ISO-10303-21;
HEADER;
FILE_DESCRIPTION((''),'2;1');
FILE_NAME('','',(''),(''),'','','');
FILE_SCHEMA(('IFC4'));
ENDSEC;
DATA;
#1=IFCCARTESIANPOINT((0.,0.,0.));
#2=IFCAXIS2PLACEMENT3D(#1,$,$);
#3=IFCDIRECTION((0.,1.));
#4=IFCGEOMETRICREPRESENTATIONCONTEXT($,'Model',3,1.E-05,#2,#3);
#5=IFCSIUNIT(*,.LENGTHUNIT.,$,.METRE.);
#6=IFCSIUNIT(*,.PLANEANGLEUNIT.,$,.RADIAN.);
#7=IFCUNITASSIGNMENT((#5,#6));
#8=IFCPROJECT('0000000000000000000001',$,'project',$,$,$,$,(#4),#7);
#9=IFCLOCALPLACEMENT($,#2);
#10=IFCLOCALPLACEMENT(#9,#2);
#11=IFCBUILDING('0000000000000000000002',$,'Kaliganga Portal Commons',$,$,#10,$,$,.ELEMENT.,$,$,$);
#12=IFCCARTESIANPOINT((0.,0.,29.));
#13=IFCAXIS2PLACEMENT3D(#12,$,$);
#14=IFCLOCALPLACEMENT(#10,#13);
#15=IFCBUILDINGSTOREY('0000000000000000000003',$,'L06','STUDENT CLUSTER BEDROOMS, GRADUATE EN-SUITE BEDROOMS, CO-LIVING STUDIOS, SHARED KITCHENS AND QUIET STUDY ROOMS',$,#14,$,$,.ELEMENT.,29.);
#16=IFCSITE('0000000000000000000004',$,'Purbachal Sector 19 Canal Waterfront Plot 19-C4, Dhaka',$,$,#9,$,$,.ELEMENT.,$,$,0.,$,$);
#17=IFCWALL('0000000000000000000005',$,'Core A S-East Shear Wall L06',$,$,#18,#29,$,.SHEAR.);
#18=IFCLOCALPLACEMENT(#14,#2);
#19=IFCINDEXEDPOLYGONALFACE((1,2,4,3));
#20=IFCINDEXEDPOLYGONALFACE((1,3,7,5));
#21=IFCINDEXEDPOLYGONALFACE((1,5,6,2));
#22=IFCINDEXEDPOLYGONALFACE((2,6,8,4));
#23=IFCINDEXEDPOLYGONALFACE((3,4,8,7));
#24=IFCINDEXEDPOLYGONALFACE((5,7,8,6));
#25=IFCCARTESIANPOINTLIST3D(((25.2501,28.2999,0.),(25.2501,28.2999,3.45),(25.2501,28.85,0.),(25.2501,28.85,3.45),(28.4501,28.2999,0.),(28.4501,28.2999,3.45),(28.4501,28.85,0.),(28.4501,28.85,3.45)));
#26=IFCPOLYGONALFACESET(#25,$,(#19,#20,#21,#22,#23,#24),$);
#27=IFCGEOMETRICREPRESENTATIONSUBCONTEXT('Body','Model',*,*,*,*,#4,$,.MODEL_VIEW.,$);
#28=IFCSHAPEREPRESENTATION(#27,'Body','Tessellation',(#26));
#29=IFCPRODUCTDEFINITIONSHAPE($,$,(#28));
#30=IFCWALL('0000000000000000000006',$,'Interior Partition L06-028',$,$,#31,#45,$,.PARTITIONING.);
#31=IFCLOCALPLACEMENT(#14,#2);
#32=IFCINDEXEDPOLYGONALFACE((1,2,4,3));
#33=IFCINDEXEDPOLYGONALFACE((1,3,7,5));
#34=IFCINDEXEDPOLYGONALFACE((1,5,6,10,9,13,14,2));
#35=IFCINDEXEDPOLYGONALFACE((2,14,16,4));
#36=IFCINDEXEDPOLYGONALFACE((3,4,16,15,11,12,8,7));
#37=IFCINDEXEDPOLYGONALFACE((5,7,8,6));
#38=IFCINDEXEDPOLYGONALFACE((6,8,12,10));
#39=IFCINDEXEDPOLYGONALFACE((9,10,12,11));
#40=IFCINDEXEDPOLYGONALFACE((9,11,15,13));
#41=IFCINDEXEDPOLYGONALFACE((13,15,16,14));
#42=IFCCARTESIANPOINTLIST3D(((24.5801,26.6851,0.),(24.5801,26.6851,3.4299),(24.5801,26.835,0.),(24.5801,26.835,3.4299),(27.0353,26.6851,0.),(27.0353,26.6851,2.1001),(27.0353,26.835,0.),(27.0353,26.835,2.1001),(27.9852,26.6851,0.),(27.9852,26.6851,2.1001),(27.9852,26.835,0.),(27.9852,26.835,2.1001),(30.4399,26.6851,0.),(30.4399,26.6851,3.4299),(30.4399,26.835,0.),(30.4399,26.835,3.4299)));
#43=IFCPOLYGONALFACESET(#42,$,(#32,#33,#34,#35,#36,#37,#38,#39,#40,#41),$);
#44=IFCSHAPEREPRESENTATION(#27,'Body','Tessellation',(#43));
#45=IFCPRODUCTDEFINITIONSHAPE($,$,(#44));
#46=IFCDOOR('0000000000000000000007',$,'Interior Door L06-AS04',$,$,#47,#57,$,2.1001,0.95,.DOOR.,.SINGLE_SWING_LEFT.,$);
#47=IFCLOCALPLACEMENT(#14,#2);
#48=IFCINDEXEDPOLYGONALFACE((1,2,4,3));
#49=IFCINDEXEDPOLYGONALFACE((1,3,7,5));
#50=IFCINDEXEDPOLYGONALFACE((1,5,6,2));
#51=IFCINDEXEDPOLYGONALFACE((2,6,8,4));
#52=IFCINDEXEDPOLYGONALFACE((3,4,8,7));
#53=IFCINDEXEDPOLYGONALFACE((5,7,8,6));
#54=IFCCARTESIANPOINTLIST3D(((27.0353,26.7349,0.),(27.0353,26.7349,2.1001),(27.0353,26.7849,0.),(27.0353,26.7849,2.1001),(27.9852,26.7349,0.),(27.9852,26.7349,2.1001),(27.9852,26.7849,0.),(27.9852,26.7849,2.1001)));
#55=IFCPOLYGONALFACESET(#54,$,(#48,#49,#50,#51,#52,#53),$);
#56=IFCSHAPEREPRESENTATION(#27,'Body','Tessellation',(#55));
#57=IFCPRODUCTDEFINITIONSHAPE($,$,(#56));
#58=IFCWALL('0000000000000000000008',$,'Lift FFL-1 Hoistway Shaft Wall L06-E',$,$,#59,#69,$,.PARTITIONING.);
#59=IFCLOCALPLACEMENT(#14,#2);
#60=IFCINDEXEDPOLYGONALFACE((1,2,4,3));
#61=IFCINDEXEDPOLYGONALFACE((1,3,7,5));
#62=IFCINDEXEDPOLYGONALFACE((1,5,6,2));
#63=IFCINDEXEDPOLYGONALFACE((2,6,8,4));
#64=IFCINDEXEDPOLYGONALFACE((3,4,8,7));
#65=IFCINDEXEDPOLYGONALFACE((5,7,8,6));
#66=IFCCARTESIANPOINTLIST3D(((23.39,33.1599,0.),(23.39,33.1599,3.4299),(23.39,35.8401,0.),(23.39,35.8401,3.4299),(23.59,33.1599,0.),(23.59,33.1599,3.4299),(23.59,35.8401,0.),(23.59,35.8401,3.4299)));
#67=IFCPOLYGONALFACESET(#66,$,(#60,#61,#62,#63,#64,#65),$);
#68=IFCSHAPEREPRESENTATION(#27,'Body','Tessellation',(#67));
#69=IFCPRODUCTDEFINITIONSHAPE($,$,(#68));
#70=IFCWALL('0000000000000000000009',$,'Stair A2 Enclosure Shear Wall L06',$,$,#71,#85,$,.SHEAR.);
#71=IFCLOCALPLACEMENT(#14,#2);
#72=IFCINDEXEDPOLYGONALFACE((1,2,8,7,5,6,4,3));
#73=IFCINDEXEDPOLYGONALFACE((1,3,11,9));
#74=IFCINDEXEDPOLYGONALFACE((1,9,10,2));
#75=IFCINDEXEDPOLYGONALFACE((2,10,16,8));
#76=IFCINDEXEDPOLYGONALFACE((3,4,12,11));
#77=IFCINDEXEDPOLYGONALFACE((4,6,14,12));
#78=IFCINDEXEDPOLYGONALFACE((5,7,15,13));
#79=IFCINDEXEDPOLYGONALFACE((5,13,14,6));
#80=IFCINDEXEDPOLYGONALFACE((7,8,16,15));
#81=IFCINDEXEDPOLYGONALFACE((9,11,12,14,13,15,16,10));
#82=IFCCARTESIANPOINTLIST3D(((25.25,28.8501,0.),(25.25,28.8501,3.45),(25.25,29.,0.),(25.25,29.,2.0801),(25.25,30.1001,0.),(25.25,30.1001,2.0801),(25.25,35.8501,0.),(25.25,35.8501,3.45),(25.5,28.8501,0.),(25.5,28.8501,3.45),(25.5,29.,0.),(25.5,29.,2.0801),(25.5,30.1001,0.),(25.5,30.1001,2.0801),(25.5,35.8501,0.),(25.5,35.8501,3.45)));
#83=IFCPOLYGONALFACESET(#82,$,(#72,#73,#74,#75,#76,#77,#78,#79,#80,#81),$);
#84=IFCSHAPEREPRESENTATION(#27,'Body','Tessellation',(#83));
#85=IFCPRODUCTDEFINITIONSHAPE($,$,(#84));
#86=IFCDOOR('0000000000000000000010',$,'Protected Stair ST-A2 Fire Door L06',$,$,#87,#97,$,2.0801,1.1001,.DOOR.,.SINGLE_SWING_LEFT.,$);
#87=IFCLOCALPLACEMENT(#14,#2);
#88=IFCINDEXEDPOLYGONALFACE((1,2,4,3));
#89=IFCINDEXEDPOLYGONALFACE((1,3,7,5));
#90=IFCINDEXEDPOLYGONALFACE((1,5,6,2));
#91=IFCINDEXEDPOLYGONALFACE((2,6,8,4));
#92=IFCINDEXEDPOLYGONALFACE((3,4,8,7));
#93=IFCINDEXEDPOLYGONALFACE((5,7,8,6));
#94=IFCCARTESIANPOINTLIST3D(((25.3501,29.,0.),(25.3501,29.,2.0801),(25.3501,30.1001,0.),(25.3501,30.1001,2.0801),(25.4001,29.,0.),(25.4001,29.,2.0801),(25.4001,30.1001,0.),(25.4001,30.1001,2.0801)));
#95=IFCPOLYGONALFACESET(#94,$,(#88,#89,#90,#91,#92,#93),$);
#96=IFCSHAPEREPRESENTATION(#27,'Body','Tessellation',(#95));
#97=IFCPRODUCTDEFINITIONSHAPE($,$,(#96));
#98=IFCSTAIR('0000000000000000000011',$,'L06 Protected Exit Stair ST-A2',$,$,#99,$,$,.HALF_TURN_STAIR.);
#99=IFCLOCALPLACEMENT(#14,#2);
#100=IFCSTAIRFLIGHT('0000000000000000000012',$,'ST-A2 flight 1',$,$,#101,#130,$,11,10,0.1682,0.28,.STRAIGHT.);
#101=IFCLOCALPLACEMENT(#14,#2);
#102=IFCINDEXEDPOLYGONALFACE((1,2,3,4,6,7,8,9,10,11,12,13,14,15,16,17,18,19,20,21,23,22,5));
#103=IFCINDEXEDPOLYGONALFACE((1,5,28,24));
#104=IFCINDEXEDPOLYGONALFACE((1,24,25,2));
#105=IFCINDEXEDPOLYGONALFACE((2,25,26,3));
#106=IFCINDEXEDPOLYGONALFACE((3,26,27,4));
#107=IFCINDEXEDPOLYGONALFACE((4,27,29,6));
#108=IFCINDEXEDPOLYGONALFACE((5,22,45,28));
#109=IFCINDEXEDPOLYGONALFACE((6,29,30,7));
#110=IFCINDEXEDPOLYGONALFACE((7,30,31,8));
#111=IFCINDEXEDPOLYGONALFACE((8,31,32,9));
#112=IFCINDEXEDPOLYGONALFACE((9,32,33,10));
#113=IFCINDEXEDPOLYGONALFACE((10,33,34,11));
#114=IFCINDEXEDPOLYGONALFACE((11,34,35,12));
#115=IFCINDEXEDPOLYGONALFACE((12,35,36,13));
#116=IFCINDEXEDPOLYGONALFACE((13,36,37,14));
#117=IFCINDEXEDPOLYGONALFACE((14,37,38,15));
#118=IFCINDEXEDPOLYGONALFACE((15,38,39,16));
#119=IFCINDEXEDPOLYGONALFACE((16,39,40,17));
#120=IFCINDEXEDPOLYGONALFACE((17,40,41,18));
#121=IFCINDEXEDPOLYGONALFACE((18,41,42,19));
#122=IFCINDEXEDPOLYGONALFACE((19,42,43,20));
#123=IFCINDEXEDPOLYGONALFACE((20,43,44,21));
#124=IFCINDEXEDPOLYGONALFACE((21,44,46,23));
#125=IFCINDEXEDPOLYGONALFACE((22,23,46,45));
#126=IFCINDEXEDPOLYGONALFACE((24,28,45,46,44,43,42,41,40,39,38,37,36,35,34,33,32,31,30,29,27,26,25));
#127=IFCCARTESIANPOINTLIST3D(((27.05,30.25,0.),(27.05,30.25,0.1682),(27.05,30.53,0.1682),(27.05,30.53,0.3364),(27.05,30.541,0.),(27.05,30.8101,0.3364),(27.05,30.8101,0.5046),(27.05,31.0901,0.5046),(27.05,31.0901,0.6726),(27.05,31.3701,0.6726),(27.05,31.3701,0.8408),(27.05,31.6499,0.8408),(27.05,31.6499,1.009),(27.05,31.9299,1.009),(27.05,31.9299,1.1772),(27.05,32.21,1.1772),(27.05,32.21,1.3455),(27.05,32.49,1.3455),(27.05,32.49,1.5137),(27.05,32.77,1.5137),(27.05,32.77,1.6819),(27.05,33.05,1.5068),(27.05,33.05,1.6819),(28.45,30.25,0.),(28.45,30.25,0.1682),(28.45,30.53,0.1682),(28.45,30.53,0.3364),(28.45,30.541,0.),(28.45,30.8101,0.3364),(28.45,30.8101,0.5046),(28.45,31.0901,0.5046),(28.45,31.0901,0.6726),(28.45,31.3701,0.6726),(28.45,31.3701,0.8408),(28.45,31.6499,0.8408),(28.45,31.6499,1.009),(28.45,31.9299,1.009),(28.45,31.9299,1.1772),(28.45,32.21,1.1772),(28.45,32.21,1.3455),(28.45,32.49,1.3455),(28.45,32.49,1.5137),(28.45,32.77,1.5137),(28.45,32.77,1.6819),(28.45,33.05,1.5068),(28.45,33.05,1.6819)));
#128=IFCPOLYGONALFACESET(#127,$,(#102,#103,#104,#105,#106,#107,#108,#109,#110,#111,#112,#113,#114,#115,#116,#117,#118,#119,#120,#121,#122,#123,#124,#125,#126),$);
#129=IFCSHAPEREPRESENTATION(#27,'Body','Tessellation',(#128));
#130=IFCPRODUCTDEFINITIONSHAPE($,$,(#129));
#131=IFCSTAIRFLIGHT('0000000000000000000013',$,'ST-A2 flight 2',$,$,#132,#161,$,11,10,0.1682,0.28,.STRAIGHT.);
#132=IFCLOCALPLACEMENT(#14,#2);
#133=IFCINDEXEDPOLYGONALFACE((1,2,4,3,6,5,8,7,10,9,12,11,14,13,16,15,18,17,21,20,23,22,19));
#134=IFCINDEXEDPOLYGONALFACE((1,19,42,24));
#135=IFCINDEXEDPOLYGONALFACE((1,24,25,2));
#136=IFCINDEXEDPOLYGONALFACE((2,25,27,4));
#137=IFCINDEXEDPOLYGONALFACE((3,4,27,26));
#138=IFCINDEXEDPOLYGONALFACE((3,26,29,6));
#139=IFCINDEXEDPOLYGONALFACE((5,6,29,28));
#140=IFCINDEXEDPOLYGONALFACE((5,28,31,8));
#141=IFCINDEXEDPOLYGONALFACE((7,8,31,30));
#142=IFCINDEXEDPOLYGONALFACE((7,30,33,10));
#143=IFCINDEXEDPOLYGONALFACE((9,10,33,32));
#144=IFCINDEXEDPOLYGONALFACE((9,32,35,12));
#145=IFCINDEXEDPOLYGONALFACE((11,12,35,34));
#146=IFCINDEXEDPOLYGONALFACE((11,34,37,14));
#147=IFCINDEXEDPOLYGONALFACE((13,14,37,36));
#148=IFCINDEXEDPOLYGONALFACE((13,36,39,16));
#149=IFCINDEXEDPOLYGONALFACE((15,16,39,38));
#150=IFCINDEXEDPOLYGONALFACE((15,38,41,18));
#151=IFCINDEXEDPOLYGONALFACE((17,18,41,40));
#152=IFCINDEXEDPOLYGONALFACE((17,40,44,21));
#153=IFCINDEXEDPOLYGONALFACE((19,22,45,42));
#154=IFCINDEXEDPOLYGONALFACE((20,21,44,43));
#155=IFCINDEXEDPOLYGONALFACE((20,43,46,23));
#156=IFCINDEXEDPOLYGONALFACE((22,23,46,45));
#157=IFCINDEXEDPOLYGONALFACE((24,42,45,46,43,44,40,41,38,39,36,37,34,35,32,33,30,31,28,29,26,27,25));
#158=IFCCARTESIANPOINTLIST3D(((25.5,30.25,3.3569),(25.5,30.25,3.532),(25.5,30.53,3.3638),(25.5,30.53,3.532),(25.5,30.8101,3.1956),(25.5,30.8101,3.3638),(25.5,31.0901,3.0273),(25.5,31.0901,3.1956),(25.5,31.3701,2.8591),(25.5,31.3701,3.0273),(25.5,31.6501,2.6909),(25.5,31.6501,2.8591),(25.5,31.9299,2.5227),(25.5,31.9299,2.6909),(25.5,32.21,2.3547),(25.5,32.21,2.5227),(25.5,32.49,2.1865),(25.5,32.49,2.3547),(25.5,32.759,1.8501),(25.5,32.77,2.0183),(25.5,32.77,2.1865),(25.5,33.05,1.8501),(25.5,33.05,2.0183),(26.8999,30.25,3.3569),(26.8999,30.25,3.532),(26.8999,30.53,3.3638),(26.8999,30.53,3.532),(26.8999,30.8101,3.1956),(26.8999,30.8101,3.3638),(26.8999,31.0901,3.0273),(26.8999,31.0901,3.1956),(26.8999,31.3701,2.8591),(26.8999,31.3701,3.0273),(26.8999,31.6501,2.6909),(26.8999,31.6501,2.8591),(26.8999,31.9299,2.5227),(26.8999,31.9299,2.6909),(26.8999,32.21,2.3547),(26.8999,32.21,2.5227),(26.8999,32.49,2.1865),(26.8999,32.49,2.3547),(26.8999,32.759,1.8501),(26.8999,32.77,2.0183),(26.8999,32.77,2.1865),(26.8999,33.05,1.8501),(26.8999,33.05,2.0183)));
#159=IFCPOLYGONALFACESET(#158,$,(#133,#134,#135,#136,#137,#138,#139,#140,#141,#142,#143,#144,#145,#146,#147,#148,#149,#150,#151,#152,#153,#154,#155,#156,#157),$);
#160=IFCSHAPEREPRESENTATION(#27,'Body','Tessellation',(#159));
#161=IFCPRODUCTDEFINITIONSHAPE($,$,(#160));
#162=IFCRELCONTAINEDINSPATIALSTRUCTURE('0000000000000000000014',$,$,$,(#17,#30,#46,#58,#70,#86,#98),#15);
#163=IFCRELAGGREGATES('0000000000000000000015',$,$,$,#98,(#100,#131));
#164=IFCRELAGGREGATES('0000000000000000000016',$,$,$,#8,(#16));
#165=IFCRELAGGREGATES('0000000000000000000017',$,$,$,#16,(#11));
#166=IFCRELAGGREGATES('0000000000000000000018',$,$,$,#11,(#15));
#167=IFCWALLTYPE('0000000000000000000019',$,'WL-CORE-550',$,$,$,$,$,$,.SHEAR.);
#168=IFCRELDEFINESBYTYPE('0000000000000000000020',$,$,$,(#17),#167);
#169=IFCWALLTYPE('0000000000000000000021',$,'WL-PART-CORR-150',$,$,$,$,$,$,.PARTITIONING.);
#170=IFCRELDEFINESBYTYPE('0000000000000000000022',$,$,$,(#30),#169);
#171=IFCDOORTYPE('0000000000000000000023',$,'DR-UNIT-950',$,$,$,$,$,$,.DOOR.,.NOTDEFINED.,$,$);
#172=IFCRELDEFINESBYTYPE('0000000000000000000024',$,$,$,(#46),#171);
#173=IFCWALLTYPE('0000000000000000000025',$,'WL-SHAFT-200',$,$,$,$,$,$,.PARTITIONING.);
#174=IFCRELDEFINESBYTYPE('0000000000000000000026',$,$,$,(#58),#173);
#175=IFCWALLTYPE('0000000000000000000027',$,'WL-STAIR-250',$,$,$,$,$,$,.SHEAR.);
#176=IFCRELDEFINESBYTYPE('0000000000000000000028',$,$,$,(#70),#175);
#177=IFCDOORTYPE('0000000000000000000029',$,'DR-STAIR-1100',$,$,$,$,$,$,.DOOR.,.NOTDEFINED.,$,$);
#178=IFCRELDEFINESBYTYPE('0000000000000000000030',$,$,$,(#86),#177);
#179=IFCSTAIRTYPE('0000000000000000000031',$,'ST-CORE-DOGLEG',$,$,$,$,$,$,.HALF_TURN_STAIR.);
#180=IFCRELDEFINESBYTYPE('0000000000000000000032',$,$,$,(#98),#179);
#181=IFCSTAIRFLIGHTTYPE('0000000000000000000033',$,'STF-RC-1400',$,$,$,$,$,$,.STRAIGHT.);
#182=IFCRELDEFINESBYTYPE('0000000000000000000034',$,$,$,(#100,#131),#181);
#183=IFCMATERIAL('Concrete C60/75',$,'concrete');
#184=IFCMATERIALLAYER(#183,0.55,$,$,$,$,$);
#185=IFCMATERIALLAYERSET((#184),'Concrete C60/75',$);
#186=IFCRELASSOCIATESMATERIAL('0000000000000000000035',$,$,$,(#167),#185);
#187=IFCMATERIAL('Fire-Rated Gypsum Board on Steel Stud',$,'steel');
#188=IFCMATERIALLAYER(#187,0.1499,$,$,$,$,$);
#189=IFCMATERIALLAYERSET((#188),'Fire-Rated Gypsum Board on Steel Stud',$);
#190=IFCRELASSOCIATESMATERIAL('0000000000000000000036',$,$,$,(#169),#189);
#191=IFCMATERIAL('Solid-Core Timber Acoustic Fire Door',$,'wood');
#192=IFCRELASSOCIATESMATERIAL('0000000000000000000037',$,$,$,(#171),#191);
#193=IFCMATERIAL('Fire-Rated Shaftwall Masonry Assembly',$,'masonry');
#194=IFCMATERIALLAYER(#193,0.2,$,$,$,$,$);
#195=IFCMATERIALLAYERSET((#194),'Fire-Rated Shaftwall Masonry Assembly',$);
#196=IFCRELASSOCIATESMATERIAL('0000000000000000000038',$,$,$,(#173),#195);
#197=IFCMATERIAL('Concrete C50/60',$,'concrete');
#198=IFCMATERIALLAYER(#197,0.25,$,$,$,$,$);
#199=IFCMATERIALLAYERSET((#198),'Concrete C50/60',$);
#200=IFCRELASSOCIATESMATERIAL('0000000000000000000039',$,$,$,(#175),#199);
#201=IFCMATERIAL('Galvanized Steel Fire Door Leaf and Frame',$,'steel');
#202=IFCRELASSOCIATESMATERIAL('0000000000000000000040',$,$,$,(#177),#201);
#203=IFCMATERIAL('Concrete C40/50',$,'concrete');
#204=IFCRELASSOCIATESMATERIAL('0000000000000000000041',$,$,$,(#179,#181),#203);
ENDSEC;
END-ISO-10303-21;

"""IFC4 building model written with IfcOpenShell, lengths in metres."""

from ifc_helpers import new_model, si_unit, direction, frame, frame_2d, origin, place, context, subcontext, project, spatial, polyline, rectangle, outline, extrude, material, layer, layer_set, type_object, element, fill, aggregate, save


model = new_model("IFC4")

# Units and contexts
model_context = context("Model", 3, precision=1e-05, world=origin(), true_north=direction((0.0, 1.0)))
body_context = subcontext(model_context, "Body", "Model", "MODEL_VIEW")
ifc_project = project(units=[si_unit("LENGTHUNIT", "METRE"), si_unit("PLANEANGLEUNIT", "RADIAN")], contexts=[model_context])

# Site, building, storey
site_placement = place(None, origin())
site = spatial("IfcSite", under=ifc_project, at=site_placement, Name="Purbachal Sector 19 Canal Waterfront Plot 19-C4, Dhaka", CompositionType="ELEMENT", RefElevation=0.0)
building_placement = place(site_placement, origin())
building = spatial("IfcBuilding", under=site, at=building_placement, Name="Kaliganga Portal Commons", CompositionType="ELEMENT")
storey_placement = place(building_placement, frame((0.0, 0.0, 29.0)))
storey = spatial("IfcBuildingStorey", under=building, at=storey_placement, Name="L06", Description="STUDENT CLUSTER BEDROOMS, GRADUATE EN-SUITE BEDROOMS, CO-LIVING STUDIOS, SHARED KITCHENS AND QUIET STUDY ROOMS", CompositionType="ELEMENT", Elevation=29.0)

# Wall
ifc_material_1 = material(Name="Concrete C60/75", Category="concrete")
ifc_layer_1 = layer(ifc_material_1, 0.55)
ifc_layer_set_1 = layer_set([ifc_layer_1], Name="Concrete C60/75")
wall_type_1 = type_object("IfcWallType", Name="WL-CORE-550", PredefinedType="SHEAR", material=ifc_layer_set_1)
wall_1_placement = place(storey_placement, frame((25.25, 28.575, 0.0), z_axis=(0.0, 0.0, 1.0), x_axis=(1.0, 0.0, 0.0)))
element("IfcWall", 1, at=wall_1_placement, inside=storey, type_object=wall_type_1, Name="Core A S-East Shear Wall L06", PredefinedType="SHEAR", context=body_context, shape_type="SweptSolid", body=[
    extrude(rectangle(XDim=3.2, YDim=0.55, at=frame_2d((1.6001, 0.0))), origin(), (0.0, 0.0, 1.0), 3.45),
])

# Wall, opening, door
ifc_material_2 = material(Name="Fire-Rated Gypsum Board on Steel Stud", Category="steel")
ifc_layer_2 = layer(ifc_material_2, 0.1499)
ifc_layer_set_2 = layer_set([ifc_layer_2], Name="Fire-Rated Gypsum Board on Steel Stud")
wall_type_2 = type_object("IfcWallType", Name="WL-PART-CORR-150", PredefinedType="PARTITIONING", material=ifc_layer_set_2)
wall_2_placement = place(storey_placement, frame((24.5801, 26.76, 0.0), z_axis=(0.0, 0.0, 1.0), x_axis=(1.0, 0.0, 0.0)))
wall_2 = element("IfcWall", 2, at=wall_2_placement, inside=storey, type_object=wall_type_2, Name="Interior Partition L06-028", PredefinedType="PARTITIONING", context=body_context, shape_type="SweptSolid", body=[
    extrude(rectangle(XDim=5.8599, YDim=0.1499, at=frame_2d((2.9299, 0.0))), origin(), (0.0, 0.0, 1.0), 3.4299),
])
opening_1_placement = place(wall_2_placement, frame((2.4551, 0.0, 0.0)))
opening_1 = element("IfcOpeningElement", 3, at=opening_1_placement, cuts=wall_2, PredefinedType="OPENING", context=body_context, shape_type="SweptSolid", body=[
    extrude(rectangle(XDim=0.95, YDim=2.1001, at=frame_2d((0.4751, 1.05))), frame((0.0, 0.085, 0.0), z_axis=(0.0, -1.0, 0.0), x_axis=(1.0, 0.0, 0.0)), (0.0, 0.0, 1.0), 0.1699),
])
ifc_material_3 = material(Name="Solid-Core Timber Acoustic Fire Door", Category="wood")
door_type_1 = type_object("IfcDoorType", Name="DR-UNIT-950", OperationType="NOTDEFINED", PredefinedType="DOOR", material=ifc_material_3)
door_1_placement = place(opening_1_placement, origin())
door_1 = element("IfcDoor", 4, at=door_1_placement, inside=storey, type_object=door_type_1, Name="Interior Door L06-AS04", OperationType="SINGLE_SWING_LEFT", OverallHeight=2.1001, OverallWidth=0.95, PredefinedType="DOOR", context=body_context, shape_type="SweptSolid", body=[
    extrude(rectangle(XDim=0.95, YDim=2.1001, at=frame_2d((0.4751, 1.05))), frame((0.0, 0.0249, 0.0), z_axis=(0.0, -1.0, 0.0), x_axis=(1.0, 0.0, 0.0)), (0.0, 0.0, 1.0), 0.05),
])
fill(opening_1, door_1)

# Wall
ifc_material_4 = material(Name="Fire-Rated Shaftwall Masonry Assembly", Category="masonry")
ifc_layer_3 = layer(ifc_material_4, 0.2)
ifc_layer_set_3 = layer_set([ifc_layer_3], Name="Fire-Rated Shaftwall Masonry Assembly")
wall_type_3 = type_object("IfcWallType", Name="WL-SHAFT-200", PredefinedType="PARTITIONING", material=ifc_layer_set_3)
wall_3_placement = place(storey_placement, frame((23.49, 33.1599, 0.0), z_axis=(0.0, 0.0, 1.0), x_axis=(0.0, 1.0, 0.0)))
element("IfcWall", 5, at=wall_3_placement, inside=storey, type_object=wall_type_3, Name="Lift FFL-1 Hoistway Shaft Wall L06-E", PredefinedType="PARTITIONING", context=body_context, shape_type="SweptSolid", body=[
    extrude(rectangle(XDim=2.6802, YDim=0.2, at=frame_2d((1.3401, 0.0))), origin(), (0.0, 0.0, 1.0), 3.4299),
])

# Wall, opening, door
ifc_material_5 = material(Name="Concrete C50/60", Category="concrete")
ifc_layer_4 = layer(ifc_material_5, 0.25)
ifc_layer_set_4 = layer_set([ifc_layer_4], Name="Concrete C50/60")
wall_type_4 = type_object("IfcWallType", Name="WL-STAIR-250", PredefinedType="SHEAR", material=ifc_layer_set_4)
wall_4_placement = place(storey_placement, frame((25.375, 28.8501, 0.0), z_axis=(0.0, 0.0, 1.0), x_axis=(0.0, 1.0, 0.0)))
wall_4 = element("IfcWall", 6, at=wall_4_placement, inside=storey, type_object=wall_type_4, Name="Stair A2 Enclosure Shear Wall L06", PredefinedType="SHEAR", context=body_context, shape_type="SweptSolid", body=[
    extrude(rectangle(XDim=7.0, YDim=0.25, at=frame_2d((3.5, 0.0))), origin(), (0.0, 0.0, 1.0), 3.45),
])
opening_2_placement = place(wall_4_placement, frame((0.1499, 0.0, 0.0)))
opening_2 = element("IfcOpeningElement", 7, at=opening_2_placement, cuts=wall_4, PredefinedType="OPENING", context=body_context, shape_type="SweptSolid", body=[
    extrude(rectangle(XDim=1.1001, YDim=2.0801, at=frame_2d((0.55, 1.04))), frame((0.0, 0.135, 0.0), z_axis=(0.0, -1.0, 0.0), x_axis=(1.0, 0.0, 0.0)), (0.0, 0.0, 1.0), 0.27),
])
ifc_material_6 = material(Name="Galvanized Steel Fire Door Leaf and Frame", Category="steel")
door_type_2 = type_object("IfcDoorType", Name="DR-STAIR-1100", OperationType="NOTDEFINED", PredefinedType="DOOR", material=ifc_material_6)
door_2_placement = place(opening_2_placement, origin())
door_2 = element("IfcDoor", 8, at=door_2_placement, inside=storey, type_object=door_type_2, Name="Protected Stair ST-A2 Fire Door L06", OperationType="SINGLE_SWING_LEFT", OverallHeight=2.0801, OverallWidth=1.1001, PredefinedType="DOOR", context=body_context, shape_type="SweptSolid", body=[
    extrude(rectangle(XDim=1.1001, YDim=2.0801, at=frame_2d((0.55, 1.04))), frame((0.0, 0.0249, 0.0), z_axis=(0.0, -1.0, 0.0), x_axis=(1.0, 0.0, 0.0)), (0.0, 0.0, 1.0), 0.05),
])
fill(opening_2, door_2)

# Stair, stair flights
ifc_material_7 = material(Name="Concrete C40/50", Category="concrete")
stair_type = type_object("IfcStairType", Name="ST-CORE-DOGLEG", PredefinedType="HALF_TURN_STAIR", material=ifc_material_7)
stair_placement = place(storey_placement, origin())
stair = element("IfcStair", 9, at=stair_placement, inside=storey, type_object=stair_type, Name="L06 Protected Exit Stair ST-A2", PredefinedType="HALF_TURN_STAIR")
stair_flight_type = type_object("IfcStairFlightType", Name="STF-RC-1400", PredefinedType="STRAIGHT", material=ifc_material_7)
stair_flight_1_placement = place(storey_placement, frame((27.75, 30.25, 0.0), z_axis=(0.0, 0.0, 1.0), x_axis=(0.0, 1.0, 0.0)))
stair_flight_1 = element("IfcStairFlight", 10, at=stair_flight_1_placement, type_object=stair_flight_type, Name="ST-A2 flight 1", NumberOfRisers=11, NumberOfTreads=10, PredefinedType="STRAIGHT", RiserHeight=0.1682, TreadLength=0.28, context=body_context, shape_type="SweptSolid", body=[
    extrude(outline(polyline([(0.0, 0.0), (0.0, 0.1682), (0.28, 0.1682), (0.28, 0.3364), (0.5601, 0.3364), (0.5601, 0.5046), (0.8401, 0.5046), (0.8401, 0.6726), (1.1201, 0.6726), (1.1201, 0.8408), (1.3999, 0.8408), (1.3999, 1.009), (1.6799, 1.009), (1.6799, 1.1772), (1.96, 1.1772), (1.96, 1.3455), (2.24, 1.3455), (2.24, 1.5137), (2.52, 1.5137), (2.52, 1.6819), (2.8, 1.6819), (2.8, 1.8501), (2.8, 1.5068), (0.291, 0.0), (0.0, 0.0)])), frame((0.0, 0.7, 0.0), z_axis=(0.0, -1.0, 0.0), x_axis=(1.0, 0.0, 0.0)), (0.0, 0.0, 1.0), 1.3999),
])
stair_flight_2_placement = place(storey_placement, frame((26.2, 33.05, 1.8501), z_axis=(0.0, 0.0, 1.0), x_axis=(0.0, -1.0, 0.0)))
stair_flight_2 = element("IfcStairFlight", 11, at=stair_flight_2_placement, type_object=stair_flight_type, Name="ST-A2 flight 2", NumberOfRisers=11, NumberOfTreads=10, PredefinedType="STRAIGHT", RiserHeight=0.1682, TreadLength=0.28, context=body_context, shape_type="SweptSolid", body=[
    extrude(outline(polyline([(0.0, 0.0), (0.0, 0.1682), (0.28, 0.1682), (0.28, 0.3364), (0.5601, 0.3364), (0.5601, 0.5046), (0.8401, 0.5046), (0.8401, 0.6726), (1.1201, 0.6726), (1.1201, 0.8408), (1.3999, 0.8408), (1.3999, 1.009), (1.6799, 1.009), (1.6799, 1.1772), (1.96, 1.1772), (1.96, 1.3455), (2.24, 1.3455), (2.24, 1.5137), (2.52, 1.5137), (2.52, 1.6819), (2.8, 1.6819), (2.8, 1.8501), (2.8, 1.5068), (0.291, 0.0), (0.0, 0.0)])), frame((0.0, 0.7, 0.0), z_axis=(0.0, -1.0, 0.0), x_axis=(1.0, 0.0, 0.0)), (0.0, 0.0, 1.0), 1.3999),
])
aggregate(stair, [stair_flight_1, stair_flight_2])

save(model, "model.ifc")
